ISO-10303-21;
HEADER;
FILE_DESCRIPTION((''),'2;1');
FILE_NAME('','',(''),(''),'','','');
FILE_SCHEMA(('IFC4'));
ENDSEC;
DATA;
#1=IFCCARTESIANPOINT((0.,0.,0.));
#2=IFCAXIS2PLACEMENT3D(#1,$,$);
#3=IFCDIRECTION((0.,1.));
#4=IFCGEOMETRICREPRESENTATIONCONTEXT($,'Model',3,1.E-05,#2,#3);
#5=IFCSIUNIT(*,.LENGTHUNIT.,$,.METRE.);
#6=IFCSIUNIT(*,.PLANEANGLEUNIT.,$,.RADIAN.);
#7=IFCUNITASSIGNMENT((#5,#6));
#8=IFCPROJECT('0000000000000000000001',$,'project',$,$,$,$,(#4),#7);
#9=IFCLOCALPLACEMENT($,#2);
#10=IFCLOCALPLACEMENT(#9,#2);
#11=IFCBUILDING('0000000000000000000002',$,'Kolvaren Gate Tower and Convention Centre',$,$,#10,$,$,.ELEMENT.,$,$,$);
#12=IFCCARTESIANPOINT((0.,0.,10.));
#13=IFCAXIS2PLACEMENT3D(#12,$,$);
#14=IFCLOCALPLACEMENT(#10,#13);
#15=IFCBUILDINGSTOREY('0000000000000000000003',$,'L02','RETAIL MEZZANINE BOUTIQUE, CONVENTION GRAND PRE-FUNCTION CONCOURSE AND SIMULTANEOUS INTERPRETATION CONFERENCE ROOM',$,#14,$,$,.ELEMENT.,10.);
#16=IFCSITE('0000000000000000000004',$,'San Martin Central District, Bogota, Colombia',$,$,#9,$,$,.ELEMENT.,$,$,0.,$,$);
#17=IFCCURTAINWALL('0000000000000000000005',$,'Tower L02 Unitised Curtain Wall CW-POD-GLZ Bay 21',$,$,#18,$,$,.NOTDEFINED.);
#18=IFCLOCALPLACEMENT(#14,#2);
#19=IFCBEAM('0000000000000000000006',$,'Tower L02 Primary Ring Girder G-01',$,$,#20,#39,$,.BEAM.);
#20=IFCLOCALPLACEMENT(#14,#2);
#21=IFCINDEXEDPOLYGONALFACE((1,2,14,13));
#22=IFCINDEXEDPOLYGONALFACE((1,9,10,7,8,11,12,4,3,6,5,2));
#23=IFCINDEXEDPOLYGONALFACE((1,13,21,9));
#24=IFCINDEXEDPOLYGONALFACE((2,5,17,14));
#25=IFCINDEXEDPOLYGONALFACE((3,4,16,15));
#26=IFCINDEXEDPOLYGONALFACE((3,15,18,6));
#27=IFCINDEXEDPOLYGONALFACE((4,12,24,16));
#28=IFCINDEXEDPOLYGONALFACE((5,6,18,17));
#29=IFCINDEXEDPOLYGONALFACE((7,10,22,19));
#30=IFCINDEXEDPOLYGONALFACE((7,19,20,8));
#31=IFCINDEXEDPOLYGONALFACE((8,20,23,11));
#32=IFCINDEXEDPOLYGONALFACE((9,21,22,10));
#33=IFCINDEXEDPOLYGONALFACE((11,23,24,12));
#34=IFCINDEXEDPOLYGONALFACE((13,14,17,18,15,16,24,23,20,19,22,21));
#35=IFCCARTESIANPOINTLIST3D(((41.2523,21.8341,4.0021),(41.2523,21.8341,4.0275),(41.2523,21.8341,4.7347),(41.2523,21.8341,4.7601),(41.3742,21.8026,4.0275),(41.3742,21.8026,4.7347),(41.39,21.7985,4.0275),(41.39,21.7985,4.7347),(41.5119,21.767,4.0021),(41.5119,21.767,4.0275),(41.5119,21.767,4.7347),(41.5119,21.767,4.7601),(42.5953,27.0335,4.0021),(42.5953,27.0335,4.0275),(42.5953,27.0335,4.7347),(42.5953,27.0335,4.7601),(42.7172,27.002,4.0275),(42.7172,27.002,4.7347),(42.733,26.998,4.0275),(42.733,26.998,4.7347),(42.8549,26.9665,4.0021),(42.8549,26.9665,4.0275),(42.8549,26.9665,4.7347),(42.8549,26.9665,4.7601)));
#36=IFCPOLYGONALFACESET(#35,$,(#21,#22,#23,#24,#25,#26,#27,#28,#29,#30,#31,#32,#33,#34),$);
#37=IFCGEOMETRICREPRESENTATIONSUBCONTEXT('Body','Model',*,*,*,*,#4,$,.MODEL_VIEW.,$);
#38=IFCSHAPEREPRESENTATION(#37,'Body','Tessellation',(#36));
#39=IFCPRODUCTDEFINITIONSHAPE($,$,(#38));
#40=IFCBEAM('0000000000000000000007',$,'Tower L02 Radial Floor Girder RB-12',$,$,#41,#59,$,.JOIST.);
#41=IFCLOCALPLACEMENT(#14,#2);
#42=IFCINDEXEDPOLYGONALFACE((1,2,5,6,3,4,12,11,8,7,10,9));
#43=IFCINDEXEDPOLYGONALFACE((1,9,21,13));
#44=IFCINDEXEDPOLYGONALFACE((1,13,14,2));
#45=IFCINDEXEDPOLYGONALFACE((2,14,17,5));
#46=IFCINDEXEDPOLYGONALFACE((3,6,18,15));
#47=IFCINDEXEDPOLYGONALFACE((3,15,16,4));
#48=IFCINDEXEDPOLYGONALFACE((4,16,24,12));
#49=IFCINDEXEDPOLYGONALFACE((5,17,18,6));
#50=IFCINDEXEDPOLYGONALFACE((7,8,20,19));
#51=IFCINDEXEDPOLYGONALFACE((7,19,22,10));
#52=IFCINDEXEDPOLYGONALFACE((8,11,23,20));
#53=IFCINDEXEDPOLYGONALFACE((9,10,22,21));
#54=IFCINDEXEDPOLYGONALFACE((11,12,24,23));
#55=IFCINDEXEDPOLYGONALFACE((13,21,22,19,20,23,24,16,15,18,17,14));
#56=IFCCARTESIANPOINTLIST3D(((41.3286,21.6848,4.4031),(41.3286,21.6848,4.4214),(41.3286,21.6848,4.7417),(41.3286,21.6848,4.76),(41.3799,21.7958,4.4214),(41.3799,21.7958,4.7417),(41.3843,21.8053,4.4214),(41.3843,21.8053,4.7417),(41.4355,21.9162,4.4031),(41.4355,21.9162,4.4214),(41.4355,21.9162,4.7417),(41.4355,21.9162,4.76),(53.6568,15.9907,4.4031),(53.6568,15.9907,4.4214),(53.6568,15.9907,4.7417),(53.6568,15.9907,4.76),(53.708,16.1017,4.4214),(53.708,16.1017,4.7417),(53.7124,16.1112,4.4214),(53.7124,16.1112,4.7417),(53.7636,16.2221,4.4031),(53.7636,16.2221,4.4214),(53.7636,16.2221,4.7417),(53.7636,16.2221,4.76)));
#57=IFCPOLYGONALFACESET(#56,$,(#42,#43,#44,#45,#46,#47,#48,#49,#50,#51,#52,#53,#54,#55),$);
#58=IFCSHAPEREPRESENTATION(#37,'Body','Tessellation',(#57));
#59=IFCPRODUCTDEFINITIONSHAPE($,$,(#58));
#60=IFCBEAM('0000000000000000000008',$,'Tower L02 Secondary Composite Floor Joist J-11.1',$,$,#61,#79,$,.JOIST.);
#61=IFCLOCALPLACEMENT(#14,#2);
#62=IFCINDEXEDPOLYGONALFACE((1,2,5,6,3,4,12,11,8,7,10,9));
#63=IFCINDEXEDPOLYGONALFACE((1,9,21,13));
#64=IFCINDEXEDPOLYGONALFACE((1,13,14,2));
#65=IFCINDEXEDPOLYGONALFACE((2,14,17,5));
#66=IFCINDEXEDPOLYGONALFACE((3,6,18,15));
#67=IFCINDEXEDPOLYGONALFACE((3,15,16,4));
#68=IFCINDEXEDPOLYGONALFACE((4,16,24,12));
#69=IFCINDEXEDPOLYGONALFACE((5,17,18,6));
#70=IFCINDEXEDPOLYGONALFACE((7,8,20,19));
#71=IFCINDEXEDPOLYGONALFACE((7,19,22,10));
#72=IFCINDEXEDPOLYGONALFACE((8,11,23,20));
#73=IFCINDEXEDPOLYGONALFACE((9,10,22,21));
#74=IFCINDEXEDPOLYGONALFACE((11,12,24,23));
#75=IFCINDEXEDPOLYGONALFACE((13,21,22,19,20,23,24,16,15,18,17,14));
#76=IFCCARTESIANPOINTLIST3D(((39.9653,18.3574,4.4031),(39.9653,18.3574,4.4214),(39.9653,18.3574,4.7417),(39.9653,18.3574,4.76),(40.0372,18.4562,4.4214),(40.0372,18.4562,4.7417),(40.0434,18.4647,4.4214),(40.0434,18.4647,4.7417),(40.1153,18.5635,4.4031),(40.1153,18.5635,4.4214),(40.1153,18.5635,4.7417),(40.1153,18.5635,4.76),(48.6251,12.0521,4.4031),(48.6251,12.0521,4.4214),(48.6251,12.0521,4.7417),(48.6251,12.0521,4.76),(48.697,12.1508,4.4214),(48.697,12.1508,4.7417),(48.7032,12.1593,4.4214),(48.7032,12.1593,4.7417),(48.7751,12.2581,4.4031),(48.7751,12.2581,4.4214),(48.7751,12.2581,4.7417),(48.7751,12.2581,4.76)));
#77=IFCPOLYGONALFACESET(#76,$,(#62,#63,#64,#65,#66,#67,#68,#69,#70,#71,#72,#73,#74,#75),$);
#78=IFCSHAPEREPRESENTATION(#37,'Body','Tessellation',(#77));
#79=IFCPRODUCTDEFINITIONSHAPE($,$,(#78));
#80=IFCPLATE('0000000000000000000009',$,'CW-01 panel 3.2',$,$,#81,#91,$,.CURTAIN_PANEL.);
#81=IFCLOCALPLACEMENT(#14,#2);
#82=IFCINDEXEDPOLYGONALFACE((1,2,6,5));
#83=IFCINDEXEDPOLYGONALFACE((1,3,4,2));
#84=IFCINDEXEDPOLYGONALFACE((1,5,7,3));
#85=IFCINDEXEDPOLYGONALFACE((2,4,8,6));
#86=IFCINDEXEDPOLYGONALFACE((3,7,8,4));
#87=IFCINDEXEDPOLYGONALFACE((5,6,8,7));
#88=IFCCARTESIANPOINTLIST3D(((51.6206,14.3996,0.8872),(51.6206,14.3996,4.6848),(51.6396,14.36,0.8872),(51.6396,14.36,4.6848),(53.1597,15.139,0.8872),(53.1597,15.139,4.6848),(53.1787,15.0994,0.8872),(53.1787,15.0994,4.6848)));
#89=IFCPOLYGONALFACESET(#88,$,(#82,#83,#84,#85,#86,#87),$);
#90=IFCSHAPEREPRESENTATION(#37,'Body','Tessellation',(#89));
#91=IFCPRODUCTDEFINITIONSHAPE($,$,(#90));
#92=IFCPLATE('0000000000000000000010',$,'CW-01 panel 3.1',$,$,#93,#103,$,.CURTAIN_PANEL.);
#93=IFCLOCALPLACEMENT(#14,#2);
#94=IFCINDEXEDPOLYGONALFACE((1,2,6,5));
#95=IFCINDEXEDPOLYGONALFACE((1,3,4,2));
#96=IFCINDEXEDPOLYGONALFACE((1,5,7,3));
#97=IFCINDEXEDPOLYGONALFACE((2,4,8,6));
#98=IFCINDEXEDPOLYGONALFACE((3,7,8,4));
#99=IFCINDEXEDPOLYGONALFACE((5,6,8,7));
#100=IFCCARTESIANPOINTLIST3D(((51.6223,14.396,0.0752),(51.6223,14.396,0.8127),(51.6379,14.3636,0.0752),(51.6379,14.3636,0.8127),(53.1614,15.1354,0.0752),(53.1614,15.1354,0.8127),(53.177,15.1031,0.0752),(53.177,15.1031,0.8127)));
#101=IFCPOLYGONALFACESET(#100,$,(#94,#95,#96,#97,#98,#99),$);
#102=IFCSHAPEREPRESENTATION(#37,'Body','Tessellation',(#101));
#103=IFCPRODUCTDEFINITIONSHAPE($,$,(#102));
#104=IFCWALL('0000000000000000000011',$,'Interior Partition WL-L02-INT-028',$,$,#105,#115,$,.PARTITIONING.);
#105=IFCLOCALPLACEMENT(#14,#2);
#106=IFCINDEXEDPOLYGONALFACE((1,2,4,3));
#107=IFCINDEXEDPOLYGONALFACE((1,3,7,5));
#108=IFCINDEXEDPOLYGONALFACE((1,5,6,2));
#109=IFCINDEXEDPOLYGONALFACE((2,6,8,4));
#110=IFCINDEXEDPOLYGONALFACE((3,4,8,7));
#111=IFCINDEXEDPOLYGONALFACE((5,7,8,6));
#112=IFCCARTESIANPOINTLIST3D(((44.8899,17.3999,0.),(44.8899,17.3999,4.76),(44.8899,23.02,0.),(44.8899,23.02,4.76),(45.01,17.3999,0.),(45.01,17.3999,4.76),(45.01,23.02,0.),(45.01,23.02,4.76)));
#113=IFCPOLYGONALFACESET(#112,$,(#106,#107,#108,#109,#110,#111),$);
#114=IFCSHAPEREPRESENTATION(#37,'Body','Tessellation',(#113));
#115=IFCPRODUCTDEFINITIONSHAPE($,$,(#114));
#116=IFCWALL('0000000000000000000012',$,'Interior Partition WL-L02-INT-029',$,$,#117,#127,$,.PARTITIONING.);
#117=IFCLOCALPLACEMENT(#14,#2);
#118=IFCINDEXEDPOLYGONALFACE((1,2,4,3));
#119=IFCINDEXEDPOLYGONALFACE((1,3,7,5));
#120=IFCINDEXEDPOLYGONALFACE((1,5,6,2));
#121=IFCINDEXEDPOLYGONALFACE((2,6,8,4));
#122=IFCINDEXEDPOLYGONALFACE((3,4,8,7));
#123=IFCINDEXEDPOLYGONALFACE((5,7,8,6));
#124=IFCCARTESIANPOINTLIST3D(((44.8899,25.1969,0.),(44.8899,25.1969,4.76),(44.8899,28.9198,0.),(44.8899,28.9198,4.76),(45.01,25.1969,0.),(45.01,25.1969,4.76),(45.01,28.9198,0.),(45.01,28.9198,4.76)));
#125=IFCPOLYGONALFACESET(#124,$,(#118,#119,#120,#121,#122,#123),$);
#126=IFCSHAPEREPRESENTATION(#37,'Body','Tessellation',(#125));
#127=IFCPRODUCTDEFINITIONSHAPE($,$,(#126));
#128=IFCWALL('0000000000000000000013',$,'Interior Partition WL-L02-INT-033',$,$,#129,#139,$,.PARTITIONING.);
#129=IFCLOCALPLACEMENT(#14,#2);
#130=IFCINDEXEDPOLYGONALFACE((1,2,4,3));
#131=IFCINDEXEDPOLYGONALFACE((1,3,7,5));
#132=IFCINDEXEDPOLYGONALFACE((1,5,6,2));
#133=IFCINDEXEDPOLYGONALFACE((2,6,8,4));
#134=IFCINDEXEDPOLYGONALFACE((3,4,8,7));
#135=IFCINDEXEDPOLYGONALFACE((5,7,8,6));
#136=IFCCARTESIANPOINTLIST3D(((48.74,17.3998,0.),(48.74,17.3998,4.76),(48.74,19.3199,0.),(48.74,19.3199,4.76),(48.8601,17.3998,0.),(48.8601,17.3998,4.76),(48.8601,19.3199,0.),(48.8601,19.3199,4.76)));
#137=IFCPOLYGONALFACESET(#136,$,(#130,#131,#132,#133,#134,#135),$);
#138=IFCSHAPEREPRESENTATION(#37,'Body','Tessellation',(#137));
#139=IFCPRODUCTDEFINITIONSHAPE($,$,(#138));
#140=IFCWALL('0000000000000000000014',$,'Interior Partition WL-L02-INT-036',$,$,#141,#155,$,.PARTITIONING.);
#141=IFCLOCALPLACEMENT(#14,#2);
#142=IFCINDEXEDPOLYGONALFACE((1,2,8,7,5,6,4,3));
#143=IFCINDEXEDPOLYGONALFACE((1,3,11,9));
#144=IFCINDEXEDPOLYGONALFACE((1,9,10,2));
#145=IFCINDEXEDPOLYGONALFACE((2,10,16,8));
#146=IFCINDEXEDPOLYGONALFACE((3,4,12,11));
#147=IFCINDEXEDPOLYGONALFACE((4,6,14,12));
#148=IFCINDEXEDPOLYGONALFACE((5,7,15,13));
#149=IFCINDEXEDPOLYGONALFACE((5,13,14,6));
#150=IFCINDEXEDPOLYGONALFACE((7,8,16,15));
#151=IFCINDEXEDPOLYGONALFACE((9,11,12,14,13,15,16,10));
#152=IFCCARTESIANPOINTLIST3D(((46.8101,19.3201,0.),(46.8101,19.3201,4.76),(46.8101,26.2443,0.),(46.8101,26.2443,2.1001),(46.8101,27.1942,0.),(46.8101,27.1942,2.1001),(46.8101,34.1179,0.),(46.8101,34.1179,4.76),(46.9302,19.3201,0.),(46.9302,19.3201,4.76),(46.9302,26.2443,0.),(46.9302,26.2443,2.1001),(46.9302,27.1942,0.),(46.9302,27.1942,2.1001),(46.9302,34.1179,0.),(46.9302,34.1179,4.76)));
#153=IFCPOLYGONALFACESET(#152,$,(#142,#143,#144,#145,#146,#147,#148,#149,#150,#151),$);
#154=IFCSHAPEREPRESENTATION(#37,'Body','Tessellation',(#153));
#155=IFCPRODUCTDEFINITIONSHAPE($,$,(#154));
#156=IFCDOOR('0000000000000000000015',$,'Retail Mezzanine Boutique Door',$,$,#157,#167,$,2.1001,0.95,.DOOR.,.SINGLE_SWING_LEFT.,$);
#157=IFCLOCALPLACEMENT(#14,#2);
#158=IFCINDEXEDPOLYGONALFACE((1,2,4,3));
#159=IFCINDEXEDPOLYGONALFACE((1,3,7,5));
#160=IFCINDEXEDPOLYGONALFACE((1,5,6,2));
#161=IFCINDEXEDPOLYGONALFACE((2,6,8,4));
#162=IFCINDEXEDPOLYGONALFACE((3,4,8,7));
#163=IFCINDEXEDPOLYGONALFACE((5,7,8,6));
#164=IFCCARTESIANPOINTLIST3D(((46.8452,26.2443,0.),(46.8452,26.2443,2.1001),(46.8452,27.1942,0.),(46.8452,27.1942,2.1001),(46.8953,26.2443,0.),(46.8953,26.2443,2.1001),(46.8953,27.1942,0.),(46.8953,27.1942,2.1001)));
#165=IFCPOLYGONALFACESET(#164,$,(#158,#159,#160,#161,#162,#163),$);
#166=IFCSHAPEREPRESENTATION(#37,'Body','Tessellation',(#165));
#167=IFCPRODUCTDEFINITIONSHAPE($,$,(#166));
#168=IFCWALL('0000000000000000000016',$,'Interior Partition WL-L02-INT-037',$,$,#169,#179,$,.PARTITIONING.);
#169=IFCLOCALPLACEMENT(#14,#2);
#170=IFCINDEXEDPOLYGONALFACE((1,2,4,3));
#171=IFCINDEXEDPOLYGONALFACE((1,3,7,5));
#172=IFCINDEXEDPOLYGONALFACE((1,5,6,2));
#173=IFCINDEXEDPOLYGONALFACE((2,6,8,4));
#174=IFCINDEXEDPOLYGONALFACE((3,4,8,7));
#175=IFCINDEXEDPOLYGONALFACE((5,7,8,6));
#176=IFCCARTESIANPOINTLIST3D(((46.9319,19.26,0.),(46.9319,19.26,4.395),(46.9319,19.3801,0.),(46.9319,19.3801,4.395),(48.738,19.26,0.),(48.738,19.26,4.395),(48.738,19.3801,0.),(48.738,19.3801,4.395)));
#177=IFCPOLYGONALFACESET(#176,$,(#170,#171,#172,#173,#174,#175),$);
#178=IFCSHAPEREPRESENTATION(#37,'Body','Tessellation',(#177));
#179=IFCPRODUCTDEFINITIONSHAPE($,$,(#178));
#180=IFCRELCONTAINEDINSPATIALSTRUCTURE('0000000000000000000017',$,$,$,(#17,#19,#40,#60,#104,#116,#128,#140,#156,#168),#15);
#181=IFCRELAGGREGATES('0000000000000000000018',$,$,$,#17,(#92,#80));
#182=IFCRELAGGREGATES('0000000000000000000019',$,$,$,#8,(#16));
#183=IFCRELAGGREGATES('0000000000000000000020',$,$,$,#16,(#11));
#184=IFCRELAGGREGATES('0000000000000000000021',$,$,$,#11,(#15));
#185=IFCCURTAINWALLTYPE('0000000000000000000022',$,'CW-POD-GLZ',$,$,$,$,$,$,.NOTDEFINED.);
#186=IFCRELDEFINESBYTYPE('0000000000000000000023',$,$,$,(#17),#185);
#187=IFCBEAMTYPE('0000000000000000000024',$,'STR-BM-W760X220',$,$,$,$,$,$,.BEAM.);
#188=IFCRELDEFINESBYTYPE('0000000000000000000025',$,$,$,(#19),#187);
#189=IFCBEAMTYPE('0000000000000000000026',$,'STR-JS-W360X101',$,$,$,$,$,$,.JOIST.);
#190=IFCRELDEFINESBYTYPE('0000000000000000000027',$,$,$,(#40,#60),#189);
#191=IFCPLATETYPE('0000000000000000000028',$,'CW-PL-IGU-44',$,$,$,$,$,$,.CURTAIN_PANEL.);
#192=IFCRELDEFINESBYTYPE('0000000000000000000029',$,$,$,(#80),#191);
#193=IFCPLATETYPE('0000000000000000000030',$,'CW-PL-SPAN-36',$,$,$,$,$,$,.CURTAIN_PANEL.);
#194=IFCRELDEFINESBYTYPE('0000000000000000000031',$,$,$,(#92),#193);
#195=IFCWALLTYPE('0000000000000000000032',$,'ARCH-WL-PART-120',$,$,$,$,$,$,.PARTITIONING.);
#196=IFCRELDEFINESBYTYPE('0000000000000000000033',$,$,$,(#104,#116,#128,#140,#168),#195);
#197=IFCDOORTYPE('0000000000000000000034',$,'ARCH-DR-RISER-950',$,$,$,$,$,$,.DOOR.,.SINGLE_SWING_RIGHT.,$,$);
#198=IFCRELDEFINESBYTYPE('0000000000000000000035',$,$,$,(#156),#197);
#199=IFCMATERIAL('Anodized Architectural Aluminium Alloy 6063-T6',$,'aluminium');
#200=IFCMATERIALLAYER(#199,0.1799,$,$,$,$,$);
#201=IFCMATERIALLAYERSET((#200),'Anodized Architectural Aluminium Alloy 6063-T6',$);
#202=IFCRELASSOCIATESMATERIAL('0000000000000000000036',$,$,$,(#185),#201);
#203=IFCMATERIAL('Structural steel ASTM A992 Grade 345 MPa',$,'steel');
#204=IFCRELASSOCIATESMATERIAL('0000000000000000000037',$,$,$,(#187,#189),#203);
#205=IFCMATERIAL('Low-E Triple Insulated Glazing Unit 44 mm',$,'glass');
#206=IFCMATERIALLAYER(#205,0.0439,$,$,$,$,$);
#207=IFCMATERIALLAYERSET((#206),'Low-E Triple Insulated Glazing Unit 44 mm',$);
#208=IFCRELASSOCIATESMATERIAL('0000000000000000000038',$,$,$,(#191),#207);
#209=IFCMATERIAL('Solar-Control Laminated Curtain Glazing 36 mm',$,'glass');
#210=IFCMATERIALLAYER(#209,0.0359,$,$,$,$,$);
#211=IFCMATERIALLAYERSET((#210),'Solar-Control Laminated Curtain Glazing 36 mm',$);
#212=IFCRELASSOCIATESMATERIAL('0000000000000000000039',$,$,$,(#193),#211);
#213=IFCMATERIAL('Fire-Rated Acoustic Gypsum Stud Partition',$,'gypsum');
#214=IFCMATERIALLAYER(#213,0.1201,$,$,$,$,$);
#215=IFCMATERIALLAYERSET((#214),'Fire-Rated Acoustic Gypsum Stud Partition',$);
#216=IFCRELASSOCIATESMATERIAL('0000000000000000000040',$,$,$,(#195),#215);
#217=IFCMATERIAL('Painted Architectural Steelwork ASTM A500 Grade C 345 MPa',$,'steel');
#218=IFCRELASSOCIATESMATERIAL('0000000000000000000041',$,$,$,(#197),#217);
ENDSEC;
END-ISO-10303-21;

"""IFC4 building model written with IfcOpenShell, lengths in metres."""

from ifc_helpers import new_model, si_unit, direction, frame, frame_2d, origin, origin_2d, place, context, subcontext, project, spatial, rectangle, i_section, extrude, material, layer, layer_set, material_profile, profile_set, type_object, element, fill, aggregate, save


model = new_model("IFC4")

# Units and contexts
model_context = context("Model", 3, precision=1e-05, world=origin(), true_north=direction((0.0, 1.0)))
body_context = subcontext(model_context, "Body", "Model", "MODEL_VIEW")
ifc_project = project(units=[si_unit("LENGTHUNIT", "METRE"), si_unit("PLANEANGLEUNIT", "RADIAN")], contexts=[model_context])

# Site, building, storey
site_placement = place(None, origin())
site = spatial("IfcSite", under=ifc_project, at=site_placement, Name="San Martin Central District, Bogota, Colombia", CompositionType="ELEMENT", RefElevation=0.0)
building_placement = place(site_placement, origin())
building = spatial("IfcBuilding", under=site, at=building_placement, Name="Kolvaren Gate Tower and Convention Centre", CompositionType="ELEMENT")
storey_placement = place(building_placement, frame((0.0, 0.0, 10.0)))
storey = spatial("IfcBuildingStorey", under=building, at=storey_placement, Name="L02", Description="RETAIL MEZZANINE BOUTIQUE, CONVENTION GRAND PRE-FUNCTION CONCOURSE AND SIMULTANEOUS INTERPRETATION CONFERENCE ROOM", CompositionType="ELEMENT", Elevation=10.0)

# Curtain wall
ifc_material_1 = material(Name="Anodized Architectural Aluminium Alloy 6063-T6", Category="aluminium")
ifc_layer_1 = layer(ifc_material_1, 0.1799)
ifc_layer_set_1 = layer_set([ifc_layer_1], Name="Anodized Architectural Aluminium Alloy 6063-T6")
curtain_wall_type = type_object("IfcCurtainWallType", Name="CW-POD-GLZ", PredefinedType="NOTDEFINED", material=ifc_layer_set_1)
curtain_wall_placement = place(storey_placement, origin())
curtain_wall = element("IfcCurtainWall", 1, at=curtain_wall_placement, inside=storey, type_object=curtain_wall_type, Name="Tower L02 Unitised Curtain Wall CW-POD-GLZ Bay 21", PredefinedType="NOTDEFINED")

# Beams
ifc_material_2 = material(Name="Structural steel ASTM A992 Grade 345 MPa", Category="steel")
ifc_material_profile_1 = material_profile(ifc_material_2, i_section(OverallWidth=0.2681, OverallDepth=0.7581, WebThickness=0.0164, FlangeThickness=0.0254, at=origin_2d()), Name="W760X220")
ifc_profile_set_1 = profile_set([ifc_material_profile_1], Name="Structural steel ASTM A992 Grade 345 MPa")
beam_type_1 = type_object("IfcBeamType", Name="STR-BM-W760X220", PredefinedType="BEAM", material=ifc_profile_set_1)
beam_1_placement = place(storey_placement, frame((42.7251, 27.0, 4.3811), z_axis=(-0.250091, -0.968222, 0.0), x_axis=(0.968222, -0.250091, 0.0)))
element("IfcBeam", 2, at=beam_1_placement, inside=storey, type_object=beam_type_1, Name="Tower L02 Primary Ring Girder G-01", PredefinedType="BEAM", context=body_context, shape_type="SweptSolid", body=[
    extrude(i_section(OverallWidth=0.2681, OverallDepth=0.7581, WebThickness=0.0164, FlangeThickness=0.0254, at=origin_2d()), origin(), (0.0, 0.0, 1.0), 5.3701),
])
ifc_material_profile_2 = material_profile(ifc_material_2, i_section(OverallWidth=0.2549, OverallDepth=0.3569, WebThickness=0.0105, FlangeThickness=0.0183, at=origin_2d()), Name="W360X101")
ifc_profile_set_2 = profile_set([ifc_material_profile_2], Name="Structural steel ASTM A992 Grade 345 MPa")
beam_type_2 = type_object("IfcBeamType", Name="STR-JS-W360X101", PredefinedType="JOIST", material=ifc_profile_set_2)
beam_2_placement = place(storey_placement, frame((41.3821, 21.8005, 4.5815), z_axis=(0.907842, -0.419312, 0.0), x_axis=(0.419312, 0.907842, 0.0)))
element("IfcBeam", 3, at=beam_2_placement, inside=storey, type_object=beam_type_2, Name="Tower L02 Radial Floor Girder RB-12", PredefinedType="JOIST", context=body_context, shape_type="SweptSolid", body=[
    extrude(i_section(OverallWidth=0.2549, OverallDepth=0.3569, WebThickness=0.0105, FlangeThickness=0.0183, at=origin_2d()), origin(), (0.0, 0.0, 1.0), 13.5796),
])
beam_3_placement = place(storey_placement, frame((40.0403, 18.4604, 4.5815), z_axis=(0.808412, -0.588617, 0.0), x_axis=(0.588617, 0.808412, 0.0)))
element("IfcBeam", 4, at=beam_3_placement, inside=storey, type_object=beam_type_2, Name="Tower L02 Secondary Composite Floor Joist J-11.1", PredefinedType="JOIST", context=body_context, shape_type="SweptSolid", body=[
    extrude(i_section(OverallWidth=0.2549, OverallDepth=0.3569, WebThickness=0.0105, FlangeThickness=0.0183, at=origin_2d()), origin(), (0.0, 0.0, 1.0), 10.7122),
])

# Plates
ifc_material_3 = material(Name="Low-E Triple Insulated Glazing Unit 44 mm", Category="glass")
ifc_layer_2 = layer(ifc_material_3, 0.0439)
ifc_layer_set_2 = layer_set([ifc_layer_2], Name="Low-E Triple Insulated Glazing Unit 44 mm")
plate_type_1 = type_object("IfcPlateType", Name="CW-PL-IGU-44", PredefinedType="CURTAIN_PANEL", material=ifc_layer_set_2)
plate_1_placement = place(storey_placement, frame((52.3997, 14.7495, 0.8872), z_axis=(0.0, 0.0, 1.0), x_axis=(0.901364, 0.433063, 0.0)))
plate_1 = element("IfcPlate", 5, at=plate_1_placement, type_object=plate_type_1, Name="CW-01 panel 3.2", PredefinedType="CURTAIN_PANEL", context=body_context, shape_type="SweptSolid", body=[
    extrude(rectangle(XDim=1.7075, YDim=0.0439, at=origin_2d()), origin(), (0.0, 0.0, 1.0), 3.7976),
])
ifc_material_4 = material(Name="Solar-Control Laminated Curtain Glazing 36 mm", Category="glass")
ifc_layer_3 = layer(ifc_material_4, 0.0359)
ifc_layer_set_3 = layer_set([ifc_layer_3], Name="Solar-Control Laminated Curtain Glazing 36 mm")
plate_type_2 = type_object("IfcPlateType", Name="CW-PL-SPAN-36", PredefinedType="CURTAIN_PANEL", material=ifc_layer_set_3)
plate_2_placement = place(storey_placement, frame((52.3997, 14.7495, 0.0752), z_axis=(0.0, 0.0, 1.0), x_axis=(0.901364, 0.433063, 0.0)))
plate_2 = element("IfcPlate", 6, at=plate_2_placement, type_object=plate_type_2, Name="CW-01 panel 3.1", PredefinedType="CURTAIN_PANEL", context=body_context, shape_type="SweptSolid", body=[
    extrude(rectangle(XDim=1.7075, YDim=0.0359, at=origin_2d()), origin(), (0.0, 0.0, 1.0), 0.7375),
])
aggregate(curtain_wall, [plate_2, plate_1])

# Walls
ifc_material_5 = material(Name="Fire-Rated Acoustic Gypsum Stud Partition", Category="gypsum")
ifc_layer_4 = layer(ifc_material_5, 0.1201)
ifc_layer_set_4 = layer_set([ifc_layer_4], Name="Fire-Rated Acoustic Gypsum Stud Partition")
wall_type_1 = type_object("IfcWallType", Name="ARCH-WL-PART-120", PredefinedType="PARTITIONING", material=ifc_layer_set_4)
wall_1_placement = place(storey_placement, frame((44.95, 17.3999, 0.0), z_axis=(0.0, 0.0, 1.0), x_axis=(0.0, 1.0, 0.0)))
element("IfcWall", 7, at=wall_1_placement, inside=storey, type_object=wall_type_1, Name="Interior Partition WL-L02-INT-028", PredefinedType="PARTITIONING", context=body_context, shape_type="SweptSolid", body=[
    extrude(rectangle(XDim=5.6201, YDim=0.1201, at=frame_2d((2.8101, 0.0))), origin(), (0.0, 0.0, 1.0), 4.76),
])
wall_2_placement = place(storey_placement, frame((44.95, 25.197, 0.0), z_axis=(0.0, 0.0, 1.0), x_axis=(0.0, 1.0, 0.0)))
element("IfcWall", 8, at=wall_2_placement, inside=storey, type_object=wall_type_1, Name="Interior Partition WL-L02-INT-029", PredefinedType="PARTITIONING", context=body_context, shape_type="SweptSolid", body=[
    extrude(rectangle(XDim=3.7229, YDim=0.1201, at=frame_2d((1.8613, 0.0))), origin(), (0.0, 0.0, 1.0), 4.76),
])
wall_3_placement = place(storey_placement, frame((48.8, 17.3999, 0.0), z_axis=(0.0, 0.0, 1.0), x_axis=(0.0, 1.0, 0.0)))
element("IfcWall", 9, at=wall_3_placement, inside=storey, type_object=wall_type_1, Name="Interior Partition WL-L02-INT-033", PredefinedType="PARTITIONING", context=body_context, shape_type="SweptSolid", body=[
    extrude(rectangle(XDim=1.9202, YDim=0.1201, at=frame_2d((0.96, 0.0))), origin(), (0.0, 0.0, 1.0), 4.76),
])

# Wall, opening, door
wall_4_placement = place(storey_placement, frame((46.8701, 19.3201, 0.0), z_axis=(0.0, 0.0, 1.0), x_axis=(0.0, 1.0, 0.0)))
wall_4 = element("IfcWall", 10, at=wall_4_placement, inside=storey, type_object=wall_type_1, Name="Interior Partition WL-L02-INT-036", PredefinedType="PARTITIONING", context=body_context, shape_type="SweptSolid", body=[
    extrude(rectangle(XDim=14.7979, YDim=0.1201, at=frame_2d((7.3989, 0.0))), origin(), (0.0, 0.0, 1.0), 4.76),
])
opening_1_placement = place(wall_4_placement, frame((6.9241, 0.0, 0.0)))
opening_1 = element("IfcOpeningElement", 11, at=opening_1_placement, cuts=wall_4, PredefinedType="OPENING", context=body_context, shape_type="SweptSolid", body=[
    extrude(rectangle(XDim=0.95, YDim=2.1001, at=frame_2d((0.4751, 1.05))), frame((0.0, 0.0701, 0.0), z_axis=(0.0, -1.0, 0.0), x_axis=(1.0, 0.0, 0.0)), (0.0, 0.0, 1.0), 0.1401),
])
ifc_material_6 = material(Name="Painted Architectural Steelwork ASTM A500 Grade C 345 MPa", Category="steel")
door_type = type_object("IfcDoorType", Name="ARCH-DR-RISER-950", OperationType="SINGLE_SWING_RIGHT", PredefinedType="DOOR", material=ifc_material_6)
door_placement = place(opening_1_placement, origin())
door = element("IfcDoor", 12, at=door_placement, inside=storey, type_object=door_type, Name="Retail Mezzanine Boutique Door", OperationType="SINGLE_SWING_LEFT", OverallHeight=2.1001, OverallWidth=0.95, PredefinedType="DOOR", context=body_context, shape_type="SweptSolid", body=[
    extrude(rectangle(XDim=0.95, YDim=2.1001, at=frame_2d((0.4751, 1.05))), frame((0.0, 0.0249, 0.0), z_axis=(0.0, -1.0, 0.0), x_axis=(1.0, 0.0, 0.0)), (0.0, 0.0, 1.0), 0.05),
])
fill(opening_1, door)

# Wall
wall_5_placement = place(storey_placement, frame((46.9319, 19.3201, 0.0), z_axis=(0.0, 0.0, 1.0), x_axis=(1.0, 0.0, 0.0)))
element("IfcWall", 13, at=wall_5_placement, inside=storey, type_object=wall_type_1, Name="Interior Partition WL-L02-INT-037", PredefinedType="PARTITIONING", context=body_context, shape_type="SweptSolid", body=[
    extrude(rectangle(XDim=1.8062, YDim=0.1201, at=frame_2d((0.9031, 0.0))), origin(), (0.0, 0.0, 1.0), 4.395),
])

save(model, "model.ifc")
